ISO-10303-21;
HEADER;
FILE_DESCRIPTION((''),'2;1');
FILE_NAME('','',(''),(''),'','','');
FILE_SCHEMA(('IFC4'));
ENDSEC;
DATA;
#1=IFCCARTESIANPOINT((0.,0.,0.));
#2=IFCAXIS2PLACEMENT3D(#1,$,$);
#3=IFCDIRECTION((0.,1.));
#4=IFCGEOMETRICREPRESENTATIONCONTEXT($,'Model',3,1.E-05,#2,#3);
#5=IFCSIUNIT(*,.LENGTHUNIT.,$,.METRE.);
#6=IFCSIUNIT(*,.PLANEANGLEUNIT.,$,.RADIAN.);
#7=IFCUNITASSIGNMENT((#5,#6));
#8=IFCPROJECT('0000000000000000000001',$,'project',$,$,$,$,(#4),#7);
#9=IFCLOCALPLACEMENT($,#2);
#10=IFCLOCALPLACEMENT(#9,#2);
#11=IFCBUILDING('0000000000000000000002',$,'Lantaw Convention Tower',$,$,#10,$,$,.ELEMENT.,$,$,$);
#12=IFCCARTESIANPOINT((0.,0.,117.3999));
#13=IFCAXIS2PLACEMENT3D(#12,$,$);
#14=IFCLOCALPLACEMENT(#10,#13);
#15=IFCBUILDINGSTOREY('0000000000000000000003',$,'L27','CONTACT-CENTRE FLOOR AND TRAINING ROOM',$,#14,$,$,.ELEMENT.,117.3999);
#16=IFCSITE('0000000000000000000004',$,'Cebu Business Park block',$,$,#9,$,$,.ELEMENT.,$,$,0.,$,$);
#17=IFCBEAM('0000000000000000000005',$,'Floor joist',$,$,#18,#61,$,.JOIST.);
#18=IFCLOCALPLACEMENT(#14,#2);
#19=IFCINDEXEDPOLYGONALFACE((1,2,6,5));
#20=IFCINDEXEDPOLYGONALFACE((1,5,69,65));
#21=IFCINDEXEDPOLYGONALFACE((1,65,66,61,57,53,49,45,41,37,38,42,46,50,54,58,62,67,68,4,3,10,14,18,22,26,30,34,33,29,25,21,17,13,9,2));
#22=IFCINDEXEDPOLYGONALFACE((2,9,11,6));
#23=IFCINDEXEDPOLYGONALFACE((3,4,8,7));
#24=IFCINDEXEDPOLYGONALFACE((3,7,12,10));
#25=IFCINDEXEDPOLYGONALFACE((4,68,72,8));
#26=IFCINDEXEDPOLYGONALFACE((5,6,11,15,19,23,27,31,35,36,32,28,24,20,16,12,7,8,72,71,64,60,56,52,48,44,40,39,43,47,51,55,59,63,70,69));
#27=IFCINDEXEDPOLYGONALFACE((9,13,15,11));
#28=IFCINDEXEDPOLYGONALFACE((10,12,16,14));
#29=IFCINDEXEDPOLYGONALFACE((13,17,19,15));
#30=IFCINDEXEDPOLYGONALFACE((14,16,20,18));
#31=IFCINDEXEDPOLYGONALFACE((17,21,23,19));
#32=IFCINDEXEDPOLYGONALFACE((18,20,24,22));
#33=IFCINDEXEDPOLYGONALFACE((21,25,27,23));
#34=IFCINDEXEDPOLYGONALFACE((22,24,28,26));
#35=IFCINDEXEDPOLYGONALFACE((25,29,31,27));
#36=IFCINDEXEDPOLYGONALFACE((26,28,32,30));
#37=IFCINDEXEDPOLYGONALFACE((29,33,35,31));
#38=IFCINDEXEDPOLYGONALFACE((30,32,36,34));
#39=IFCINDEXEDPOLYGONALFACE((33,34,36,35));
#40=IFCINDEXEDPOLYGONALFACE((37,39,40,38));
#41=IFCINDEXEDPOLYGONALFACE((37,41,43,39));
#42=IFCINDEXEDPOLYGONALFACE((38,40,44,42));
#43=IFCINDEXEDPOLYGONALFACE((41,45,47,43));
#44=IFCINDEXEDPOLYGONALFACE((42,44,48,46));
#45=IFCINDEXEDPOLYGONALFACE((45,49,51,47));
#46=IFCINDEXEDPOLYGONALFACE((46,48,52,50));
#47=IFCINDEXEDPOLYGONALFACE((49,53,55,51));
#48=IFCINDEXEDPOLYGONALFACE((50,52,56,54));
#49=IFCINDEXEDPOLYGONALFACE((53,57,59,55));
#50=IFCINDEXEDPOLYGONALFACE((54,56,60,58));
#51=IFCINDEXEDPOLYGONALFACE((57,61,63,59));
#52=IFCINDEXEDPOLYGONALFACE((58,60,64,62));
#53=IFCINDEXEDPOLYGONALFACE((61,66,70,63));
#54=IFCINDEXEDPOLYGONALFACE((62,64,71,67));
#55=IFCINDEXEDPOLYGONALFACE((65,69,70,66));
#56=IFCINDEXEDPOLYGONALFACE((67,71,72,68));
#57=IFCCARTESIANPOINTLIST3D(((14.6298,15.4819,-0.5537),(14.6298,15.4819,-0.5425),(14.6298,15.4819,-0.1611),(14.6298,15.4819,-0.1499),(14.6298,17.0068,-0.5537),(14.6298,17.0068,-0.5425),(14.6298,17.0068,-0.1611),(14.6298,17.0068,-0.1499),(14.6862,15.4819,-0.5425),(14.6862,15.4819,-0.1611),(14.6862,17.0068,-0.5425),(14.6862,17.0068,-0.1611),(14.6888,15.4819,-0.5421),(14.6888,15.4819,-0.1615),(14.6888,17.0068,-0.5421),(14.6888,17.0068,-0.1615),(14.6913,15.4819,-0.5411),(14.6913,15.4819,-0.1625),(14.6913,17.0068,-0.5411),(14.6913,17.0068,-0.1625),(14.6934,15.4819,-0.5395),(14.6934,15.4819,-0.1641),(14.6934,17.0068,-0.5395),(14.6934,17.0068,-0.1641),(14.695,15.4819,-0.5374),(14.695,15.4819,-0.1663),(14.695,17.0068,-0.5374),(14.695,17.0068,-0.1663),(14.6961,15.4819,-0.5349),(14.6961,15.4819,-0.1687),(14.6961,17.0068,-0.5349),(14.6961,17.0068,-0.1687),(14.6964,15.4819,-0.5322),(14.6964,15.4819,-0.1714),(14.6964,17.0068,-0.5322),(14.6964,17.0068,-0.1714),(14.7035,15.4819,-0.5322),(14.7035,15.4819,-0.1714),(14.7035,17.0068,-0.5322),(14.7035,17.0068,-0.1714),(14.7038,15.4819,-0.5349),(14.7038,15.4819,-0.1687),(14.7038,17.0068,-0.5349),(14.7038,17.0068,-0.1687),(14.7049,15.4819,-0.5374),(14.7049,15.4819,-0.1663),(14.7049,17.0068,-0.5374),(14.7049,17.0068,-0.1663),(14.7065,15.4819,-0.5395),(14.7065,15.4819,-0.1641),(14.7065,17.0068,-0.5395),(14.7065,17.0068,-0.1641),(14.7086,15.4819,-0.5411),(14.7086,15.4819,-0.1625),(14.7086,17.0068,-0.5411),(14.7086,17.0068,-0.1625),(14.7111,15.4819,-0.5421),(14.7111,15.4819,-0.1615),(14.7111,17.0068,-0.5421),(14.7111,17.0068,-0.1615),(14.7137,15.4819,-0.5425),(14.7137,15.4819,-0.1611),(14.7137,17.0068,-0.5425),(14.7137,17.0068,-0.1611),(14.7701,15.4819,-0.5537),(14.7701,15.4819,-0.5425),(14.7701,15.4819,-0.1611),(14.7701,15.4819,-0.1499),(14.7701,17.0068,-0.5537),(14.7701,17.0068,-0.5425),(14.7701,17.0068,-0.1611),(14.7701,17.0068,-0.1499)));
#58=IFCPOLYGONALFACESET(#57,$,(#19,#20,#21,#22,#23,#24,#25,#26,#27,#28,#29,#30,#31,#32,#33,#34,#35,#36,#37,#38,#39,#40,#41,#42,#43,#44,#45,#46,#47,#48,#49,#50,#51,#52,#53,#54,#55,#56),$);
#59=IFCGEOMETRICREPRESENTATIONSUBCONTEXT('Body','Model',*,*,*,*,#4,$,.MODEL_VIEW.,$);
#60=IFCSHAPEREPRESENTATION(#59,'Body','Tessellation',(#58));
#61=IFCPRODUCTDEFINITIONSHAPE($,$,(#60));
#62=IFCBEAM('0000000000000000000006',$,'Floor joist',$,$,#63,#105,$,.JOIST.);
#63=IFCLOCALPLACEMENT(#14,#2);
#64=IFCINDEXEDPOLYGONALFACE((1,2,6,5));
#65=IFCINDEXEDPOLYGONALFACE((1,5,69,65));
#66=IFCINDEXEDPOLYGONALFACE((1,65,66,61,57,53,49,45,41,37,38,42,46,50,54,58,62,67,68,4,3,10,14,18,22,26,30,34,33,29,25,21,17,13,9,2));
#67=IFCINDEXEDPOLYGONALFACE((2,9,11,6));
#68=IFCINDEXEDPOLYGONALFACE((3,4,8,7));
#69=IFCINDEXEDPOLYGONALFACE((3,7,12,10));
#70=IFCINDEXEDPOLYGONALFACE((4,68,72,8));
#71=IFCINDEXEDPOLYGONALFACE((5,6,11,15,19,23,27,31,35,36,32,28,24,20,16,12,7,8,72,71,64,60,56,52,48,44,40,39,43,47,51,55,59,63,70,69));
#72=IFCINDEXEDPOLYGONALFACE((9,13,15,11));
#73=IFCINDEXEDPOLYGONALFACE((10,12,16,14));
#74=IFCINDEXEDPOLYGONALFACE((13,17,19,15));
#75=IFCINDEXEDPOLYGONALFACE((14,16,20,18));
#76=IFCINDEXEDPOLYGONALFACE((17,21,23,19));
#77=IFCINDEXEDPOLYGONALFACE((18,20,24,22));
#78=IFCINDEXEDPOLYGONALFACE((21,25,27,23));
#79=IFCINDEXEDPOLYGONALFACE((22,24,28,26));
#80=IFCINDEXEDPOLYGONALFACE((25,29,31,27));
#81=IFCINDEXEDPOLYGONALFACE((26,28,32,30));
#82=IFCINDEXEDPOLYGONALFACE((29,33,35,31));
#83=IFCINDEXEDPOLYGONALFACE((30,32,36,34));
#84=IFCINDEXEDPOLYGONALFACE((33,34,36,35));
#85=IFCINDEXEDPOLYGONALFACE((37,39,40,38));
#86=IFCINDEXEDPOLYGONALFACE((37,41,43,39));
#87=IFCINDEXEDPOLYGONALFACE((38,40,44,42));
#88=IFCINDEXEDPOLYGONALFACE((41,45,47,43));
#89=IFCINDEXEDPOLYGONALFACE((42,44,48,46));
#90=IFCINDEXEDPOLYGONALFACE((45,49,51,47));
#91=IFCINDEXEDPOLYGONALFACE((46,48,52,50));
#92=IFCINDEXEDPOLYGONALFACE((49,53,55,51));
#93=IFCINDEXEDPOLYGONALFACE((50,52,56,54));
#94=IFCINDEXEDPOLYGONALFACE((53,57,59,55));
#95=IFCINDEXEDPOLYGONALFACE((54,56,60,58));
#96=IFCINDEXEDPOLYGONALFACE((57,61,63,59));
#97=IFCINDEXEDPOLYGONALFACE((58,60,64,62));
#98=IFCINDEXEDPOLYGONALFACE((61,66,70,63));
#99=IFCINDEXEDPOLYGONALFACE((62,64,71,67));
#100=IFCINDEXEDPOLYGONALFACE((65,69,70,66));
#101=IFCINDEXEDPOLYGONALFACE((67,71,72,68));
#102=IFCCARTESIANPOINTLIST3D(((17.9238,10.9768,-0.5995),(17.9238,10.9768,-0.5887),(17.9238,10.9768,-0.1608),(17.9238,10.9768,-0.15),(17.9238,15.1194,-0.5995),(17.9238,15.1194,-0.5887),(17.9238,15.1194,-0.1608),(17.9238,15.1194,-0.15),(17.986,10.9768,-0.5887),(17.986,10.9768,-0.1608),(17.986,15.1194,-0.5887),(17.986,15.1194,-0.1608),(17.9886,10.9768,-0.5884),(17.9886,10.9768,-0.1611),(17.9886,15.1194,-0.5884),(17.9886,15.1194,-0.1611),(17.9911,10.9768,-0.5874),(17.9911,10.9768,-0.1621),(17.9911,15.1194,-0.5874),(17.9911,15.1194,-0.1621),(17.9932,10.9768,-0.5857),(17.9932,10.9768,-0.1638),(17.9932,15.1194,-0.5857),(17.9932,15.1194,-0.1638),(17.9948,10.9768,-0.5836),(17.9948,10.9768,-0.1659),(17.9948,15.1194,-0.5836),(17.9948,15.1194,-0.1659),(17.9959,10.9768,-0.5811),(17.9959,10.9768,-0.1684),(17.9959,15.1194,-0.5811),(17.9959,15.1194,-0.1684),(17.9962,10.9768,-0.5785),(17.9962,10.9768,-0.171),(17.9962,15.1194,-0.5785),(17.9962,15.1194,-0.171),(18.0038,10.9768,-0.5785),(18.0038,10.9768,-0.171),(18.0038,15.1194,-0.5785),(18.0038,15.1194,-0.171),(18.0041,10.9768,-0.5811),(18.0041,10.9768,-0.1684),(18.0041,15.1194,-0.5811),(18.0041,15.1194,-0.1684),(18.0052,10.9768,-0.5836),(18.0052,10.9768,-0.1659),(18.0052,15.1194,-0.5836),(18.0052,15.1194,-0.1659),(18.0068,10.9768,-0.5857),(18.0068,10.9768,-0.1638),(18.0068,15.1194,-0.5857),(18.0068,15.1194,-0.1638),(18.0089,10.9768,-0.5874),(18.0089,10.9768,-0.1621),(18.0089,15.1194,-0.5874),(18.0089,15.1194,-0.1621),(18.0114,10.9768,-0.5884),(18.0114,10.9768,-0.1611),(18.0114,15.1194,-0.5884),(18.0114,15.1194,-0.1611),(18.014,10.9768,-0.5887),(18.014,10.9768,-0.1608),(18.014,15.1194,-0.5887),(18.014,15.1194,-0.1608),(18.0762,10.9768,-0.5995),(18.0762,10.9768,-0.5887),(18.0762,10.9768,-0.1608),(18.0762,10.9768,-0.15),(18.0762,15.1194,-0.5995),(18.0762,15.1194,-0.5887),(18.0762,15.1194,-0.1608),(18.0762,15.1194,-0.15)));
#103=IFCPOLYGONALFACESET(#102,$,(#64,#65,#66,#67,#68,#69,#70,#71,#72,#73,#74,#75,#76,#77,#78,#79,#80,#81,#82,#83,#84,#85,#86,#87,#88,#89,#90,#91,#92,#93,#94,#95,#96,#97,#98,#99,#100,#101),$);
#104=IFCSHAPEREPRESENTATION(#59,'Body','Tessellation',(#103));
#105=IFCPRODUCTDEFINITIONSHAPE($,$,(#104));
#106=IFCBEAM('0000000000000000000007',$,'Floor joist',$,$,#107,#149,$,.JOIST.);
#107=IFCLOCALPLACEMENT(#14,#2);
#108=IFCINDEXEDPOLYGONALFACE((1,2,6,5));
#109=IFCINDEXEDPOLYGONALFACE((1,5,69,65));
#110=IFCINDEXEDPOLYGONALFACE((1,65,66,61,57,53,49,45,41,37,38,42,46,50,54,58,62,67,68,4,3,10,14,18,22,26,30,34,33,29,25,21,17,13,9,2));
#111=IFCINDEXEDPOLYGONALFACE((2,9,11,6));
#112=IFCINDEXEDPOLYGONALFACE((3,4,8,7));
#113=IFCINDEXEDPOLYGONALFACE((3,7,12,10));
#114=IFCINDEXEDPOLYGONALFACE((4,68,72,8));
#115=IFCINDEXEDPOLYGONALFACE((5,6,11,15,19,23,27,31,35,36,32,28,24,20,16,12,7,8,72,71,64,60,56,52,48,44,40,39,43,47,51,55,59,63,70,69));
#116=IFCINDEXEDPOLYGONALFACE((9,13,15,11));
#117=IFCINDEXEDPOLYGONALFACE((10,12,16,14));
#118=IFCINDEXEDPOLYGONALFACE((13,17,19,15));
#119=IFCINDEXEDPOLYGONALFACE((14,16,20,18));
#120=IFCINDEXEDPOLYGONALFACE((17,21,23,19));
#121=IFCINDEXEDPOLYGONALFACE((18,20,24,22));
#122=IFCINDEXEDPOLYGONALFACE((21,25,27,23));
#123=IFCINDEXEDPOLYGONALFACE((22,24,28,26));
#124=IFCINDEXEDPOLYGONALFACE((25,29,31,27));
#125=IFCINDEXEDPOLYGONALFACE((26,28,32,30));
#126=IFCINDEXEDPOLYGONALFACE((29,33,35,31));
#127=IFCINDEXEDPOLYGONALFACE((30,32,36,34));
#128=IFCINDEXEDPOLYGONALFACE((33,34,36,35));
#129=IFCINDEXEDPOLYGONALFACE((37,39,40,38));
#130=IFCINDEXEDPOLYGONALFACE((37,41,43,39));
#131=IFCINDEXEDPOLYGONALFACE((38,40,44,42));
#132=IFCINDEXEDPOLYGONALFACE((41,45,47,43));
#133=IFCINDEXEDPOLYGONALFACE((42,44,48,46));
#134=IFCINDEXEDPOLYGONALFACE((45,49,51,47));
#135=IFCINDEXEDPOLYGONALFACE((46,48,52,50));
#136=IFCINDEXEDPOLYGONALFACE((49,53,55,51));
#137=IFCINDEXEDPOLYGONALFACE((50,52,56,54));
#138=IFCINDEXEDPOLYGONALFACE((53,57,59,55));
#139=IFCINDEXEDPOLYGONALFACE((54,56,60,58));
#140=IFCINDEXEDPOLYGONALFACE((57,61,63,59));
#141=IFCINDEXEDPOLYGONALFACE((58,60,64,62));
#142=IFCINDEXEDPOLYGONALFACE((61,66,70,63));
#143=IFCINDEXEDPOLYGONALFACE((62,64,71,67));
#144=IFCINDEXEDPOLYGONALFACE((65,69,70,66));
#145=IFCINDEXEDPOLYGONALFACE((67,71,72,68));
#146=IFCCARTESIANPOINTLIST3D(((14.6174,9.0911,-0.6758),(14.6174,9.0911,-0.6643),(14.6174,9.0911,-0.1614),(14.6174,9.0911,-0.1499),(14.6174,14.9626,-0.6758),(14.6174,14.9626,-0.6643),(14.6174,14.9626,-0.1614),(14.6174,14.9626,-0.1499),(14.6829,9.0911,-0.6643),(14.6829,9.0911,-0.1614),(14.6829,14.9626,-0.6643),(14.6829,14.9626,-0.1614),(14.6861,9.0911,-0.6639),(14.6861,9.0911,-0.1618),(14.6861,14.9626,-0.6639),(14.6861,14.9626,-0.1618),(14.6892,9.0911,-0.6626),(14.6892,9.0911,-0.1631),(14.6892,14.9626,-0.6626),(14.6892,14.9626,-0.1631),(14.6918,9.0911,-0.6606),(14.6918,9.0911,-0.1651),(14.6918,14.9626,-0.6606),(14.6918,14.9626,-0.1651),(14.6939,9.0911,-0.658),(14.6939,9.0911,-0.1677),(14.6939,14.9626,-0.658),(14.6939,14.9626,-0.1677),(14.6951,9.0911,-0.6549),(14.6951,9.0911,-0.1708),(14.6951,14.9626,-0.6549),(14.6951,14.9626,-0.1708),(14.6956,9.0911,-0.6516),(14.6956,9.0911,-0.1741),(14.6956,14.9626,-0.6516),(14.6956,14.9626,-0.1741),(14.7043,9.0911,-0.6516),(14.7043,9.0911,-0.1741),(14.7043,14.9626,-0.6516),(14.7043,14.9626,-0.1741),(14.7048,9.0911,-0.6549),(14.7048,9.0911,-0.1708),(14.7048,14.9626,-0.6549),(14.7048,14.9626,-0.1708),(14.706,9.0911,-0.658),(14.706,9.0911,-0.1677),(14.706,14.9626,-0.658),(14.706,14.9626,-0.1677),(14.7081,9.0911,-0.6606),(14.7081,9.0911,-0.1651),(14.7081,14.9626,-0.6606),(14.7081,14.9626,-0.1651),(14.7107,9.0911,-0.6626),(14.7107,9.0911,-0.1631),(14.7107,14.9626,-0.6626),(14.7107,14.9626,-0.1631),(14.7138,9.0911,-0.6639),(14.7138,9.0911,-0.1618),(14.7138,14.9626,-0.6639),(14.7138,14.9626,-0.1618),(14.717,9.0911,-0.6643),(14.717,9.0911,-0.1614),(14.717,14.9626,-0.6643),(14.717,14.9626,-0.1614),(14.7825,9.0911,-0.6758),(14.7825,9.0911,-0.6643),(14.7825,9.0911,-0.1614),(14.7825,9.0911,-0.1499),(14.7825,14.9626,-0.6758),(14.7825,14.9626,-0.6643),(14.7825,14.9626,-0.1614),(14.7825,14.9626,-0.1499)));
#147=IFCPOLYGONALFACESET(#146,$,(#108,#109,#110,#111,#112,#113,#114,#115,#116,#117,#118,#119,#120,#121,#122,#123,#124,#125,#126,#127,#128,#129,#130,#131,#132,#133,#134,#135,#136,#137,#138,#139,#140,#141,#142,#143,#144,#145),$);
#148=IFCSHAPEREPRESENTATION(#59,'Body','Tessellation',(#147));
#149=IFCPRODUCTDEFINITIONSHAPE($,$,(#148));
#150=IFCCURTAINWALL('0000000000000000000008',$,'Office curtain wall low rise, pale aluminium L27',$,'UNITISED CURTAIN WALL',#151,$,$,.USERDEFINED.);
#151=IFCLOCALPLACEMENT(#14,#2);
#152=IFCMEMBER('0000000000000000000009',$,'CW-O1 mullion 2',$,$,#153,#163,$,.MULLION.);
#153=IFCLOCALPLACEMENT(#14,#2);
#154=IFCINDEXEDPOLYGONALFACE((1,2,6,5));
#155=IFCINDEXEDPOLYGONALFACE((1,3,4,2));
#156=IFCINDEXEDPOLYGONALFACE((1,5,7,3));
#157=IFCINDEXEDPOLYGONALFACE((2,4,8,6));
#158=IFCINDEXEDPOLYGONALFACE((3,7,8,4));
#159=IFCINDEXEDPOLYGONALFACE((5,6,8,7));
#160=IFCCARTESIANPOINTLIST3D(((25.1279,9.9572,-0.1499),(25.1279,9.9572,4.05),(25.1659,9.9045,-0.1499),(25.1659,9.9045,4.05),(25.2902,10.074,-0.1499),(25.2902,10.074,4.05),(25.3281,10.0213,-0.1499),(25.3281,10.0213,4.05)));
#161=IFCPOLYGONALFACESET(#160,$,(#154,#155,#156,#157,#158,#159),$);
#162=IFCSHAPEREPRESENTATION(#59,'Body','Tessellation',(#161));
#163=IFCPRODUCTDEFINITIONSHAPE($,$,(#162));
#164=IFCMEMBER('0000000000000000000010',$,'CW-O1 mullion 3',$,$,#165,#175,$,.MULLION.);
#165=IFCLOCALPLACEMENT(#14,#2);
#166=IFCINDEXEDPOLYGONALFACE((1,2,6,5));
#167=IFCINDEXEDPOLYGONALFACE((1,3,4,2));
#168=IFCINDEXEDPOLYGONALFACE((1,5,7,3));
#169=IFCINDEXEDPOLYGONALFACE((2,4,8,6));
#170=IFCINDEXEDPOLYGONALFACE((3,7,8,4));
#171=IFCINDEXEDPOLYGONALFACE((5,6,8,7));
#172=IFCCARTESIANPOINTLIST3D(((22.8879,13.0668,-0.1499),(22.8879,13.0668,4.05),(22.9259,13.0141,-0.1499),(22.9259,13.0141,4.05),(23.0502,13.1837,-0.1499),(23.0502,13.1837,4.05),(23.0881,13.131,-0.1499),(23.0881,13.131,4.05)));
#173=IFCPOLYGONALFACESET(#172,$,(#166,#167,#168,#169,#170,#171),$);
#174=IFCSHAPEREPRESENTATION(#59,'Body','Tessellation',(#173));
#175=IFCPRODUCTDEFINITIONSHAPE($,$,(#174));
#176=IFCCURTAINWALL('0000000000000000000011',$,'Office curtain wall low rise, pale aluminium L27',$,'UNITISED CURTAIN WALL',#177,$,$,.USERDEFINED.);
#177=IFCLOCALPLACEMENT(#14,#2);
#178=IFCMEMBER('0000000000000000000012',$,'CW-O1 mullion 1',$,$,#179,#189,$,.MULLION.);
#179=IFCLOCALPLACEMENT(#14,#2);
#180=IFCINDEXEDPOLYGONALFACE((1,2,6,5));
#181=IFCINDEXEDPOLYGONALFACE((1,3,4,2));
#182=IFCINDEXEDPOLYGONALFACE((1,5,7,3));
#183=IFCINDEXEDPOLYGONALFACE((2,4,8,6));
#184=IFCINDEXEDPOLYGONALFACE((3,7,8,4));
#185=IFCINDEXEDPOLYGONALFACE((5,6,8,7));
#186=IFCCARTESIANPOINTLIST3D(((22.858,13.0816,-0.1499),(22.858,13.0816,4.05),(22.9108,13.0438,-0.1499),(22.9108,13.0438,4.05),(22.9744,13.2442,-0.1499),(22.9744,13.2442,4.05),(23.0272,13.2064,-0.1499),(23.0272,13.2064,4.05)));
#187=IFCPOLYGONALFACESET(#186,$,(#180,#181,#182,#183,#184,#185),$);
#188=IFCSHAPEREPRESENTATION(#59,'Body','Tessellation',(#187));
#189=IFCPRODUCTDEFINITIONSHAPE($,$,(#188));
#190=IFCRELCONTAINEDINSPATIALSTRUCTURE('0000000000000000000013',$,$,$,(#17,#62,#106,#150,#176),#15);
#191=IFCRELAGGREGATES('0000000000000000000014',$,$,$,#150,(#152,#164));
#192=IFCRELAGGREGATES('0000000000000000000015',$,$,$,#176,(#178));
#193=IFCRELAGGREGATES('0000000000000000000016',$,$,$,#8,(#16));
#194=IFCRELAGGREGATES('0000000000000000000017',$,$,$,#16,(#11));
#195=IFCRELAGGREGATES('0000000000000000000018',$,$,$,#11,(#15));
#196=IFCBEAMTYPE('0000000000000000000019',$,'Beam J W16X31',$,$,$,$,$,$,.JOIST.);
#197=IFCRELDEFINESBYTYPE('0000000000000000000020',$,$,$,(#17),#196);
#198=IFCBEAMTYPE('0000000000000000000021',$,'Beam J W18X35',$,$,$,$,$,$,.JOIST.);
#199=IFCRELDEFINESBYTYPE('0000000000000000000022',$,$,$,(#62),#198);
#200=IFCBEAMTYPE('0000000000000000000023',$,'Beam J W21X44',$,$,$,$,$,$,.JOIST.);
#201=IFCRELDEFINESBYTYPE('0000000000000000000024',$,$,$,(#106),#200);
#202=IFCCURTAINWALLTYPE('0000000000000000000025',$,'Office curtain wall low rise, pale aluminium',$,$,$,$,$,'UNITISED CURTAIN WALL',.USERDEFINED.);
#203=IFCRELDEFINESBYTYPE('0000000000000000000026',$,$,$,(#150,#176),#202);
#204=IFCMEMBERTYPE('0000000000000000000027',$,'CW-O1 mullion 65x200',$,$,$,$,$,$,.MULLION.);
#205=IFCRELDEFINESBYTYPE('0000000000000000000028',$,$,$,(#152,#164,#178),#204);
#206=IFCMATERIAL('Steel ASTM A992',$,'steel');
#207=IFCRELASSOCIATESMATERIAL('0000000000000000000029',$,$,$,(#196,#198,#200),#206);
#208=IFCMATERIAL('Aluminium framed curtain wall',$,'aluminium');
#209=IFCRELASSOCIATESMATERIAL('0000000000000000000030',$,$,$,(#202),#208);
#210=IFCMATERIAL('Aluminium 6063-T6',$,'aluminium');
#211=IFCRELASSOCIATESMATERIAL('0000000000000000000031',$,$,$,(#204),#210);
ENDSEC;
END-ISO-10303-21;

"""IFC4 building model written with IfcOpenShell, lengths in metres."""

from ifc_helpers import new_model, si_unit, direction, frame, origin, origin_2d, place, context, subcontext, project, spatial, rectangle, i_section, extrude, material, material_profile, profile_set, type_object, element, aggregate, save


model = new_model("IFC4")

# Units and contexts
model_context = context("Model", 3, precision=1e-05, world=origin(), true_north=direction((0.0, 1.0)))
body_context = subcontext(model_context, "Body", "Model", "MODEL_VIEW")
ifc_project = project(units=[si_unit("LENGTHUNIT", "METRE"), si_unit("PLANEANGLEUNIT", "RADIAN")], contexts=[model_context])

# Site, building, storey
site_placement = place(None, origin())
site = spatial("IfcSite", under=ifc_project, at=site_placement, Name="Cebu Business Park block", CompositionType="ELEMENT", RefElevation=0.0)
building_placement = place(site_placement, origin())
building = spatial("IfcBuilding", under=site, at=building_placement, Name="Lantaw Convention Tower", CompositionType="ELEMENT")
storey_placement = place(building_placement, frame((0.0, 0.0, 117.3999)))
storey = spatial("IfcBuildingStorey", under=building, at=storey_placement, Name="L27", Description="CONTACT-CENTRE FLOOR AND TRAINING ROOM", CompositionType="ELEMENT", Elevation=117.3999)

# Beams
ifc_material_1 = material(Name="Steel ASTM A992", Category="steel")
ifc_material_profile_1 = material_profile(ifc_material_1, i_section(OverallWidth=0.1404, OverallDepth=0.4038, WebThickness=0.0071, FlangeThickness=0.0112, FilletRadius=0.0103, at=origin_2d()), Name="W16X31")
ifc_profile_set_1 = profile_set([ifc_material_profile_1], Name="Steel ASTM A992")
beam_type_1 = type_object("IfcBeamType", Name="Beam J W16X31", PredefinedType="JOIST", material=ifc_profile_set_1)
beam_1_placement = place(storey_placement, frame((14.7, 15.4819, -0.3518), z_axis=(0.0, 1.0, 0.0), x_axis=(-1.0, 0.0, 0.0)))
element("IfcBeam", 1, at=beam_1_placement, inside=storey, type_object=beam_type_1, Name="Floor joist", PredefinedType="JOIST", context=body_context, shape_type="SweptSolid", body=[
    extrude(i_section(OverallWidth=0.1404, OverallDepth=0.4038, WebThickness=0.0071, FlangeThickness=0.0112, FilletRadius=0.0103, at=origin_2d()), origin(), (0.0, 0.0, 1.0), 1.5249),
])
ifc_material_profile_2 = material_profile(ifc_material_1, i_section(OverallWidth=0.1523, OverallDepth=0.4495, WebThickness=0.0076, FlangeThickness=0.0107, FilletRadius=0.0103, at=origin_2d()), Name="W18X35")
ifc_profile_set_2 = profile_set([ifc_material_profile_2], Name="Steel ASTM A992")
beam_type_2 = type_object("IfcBeamType", Name="Beam J W18X35", PredefinedType="JOIST", material=ifc_profile_set_2)
beam_2_placement = place(storey_placement, frame((18.0, 10.9768, -0.3748), z_axis=(0.0, 1.0, 0.0), x_axis=(-1.0, 0.0, 0.0)))
element("IfcBeam", 2, at=beam_2_placement, inside=storey, type_object=beam_type_2, Name="Floor joist", PredefinedType="JOIST", context=body_context, shape_type="SweptSolid", body=[
    extrude(i_section(OverallWidth=0.1523, OverallDepth=0.4495, WebThickness=0.0076, FlangeThickness=0.0107, FilletRadius=0.0103, at=origin_2d()), origin(), (0.0, 0.0, 1.0), 4.1426),
])
ifc_material_profile_3 = material_profile(ifc_material_1, i_section(OverallWidth=0.165, OverallDepth=0.5259, WebThickness=0.0088, FlangeThickness=0.0115, FilletRadius=0.0127, at=origin_2d()), Name="W21X44")
ifc_profile_set_3 = profile_set([ifc_material_profile_3], Name="Steel ASTM A992")
beam_type_3 = type_object("IfcBeamType", Name="Beam J W21X44", PredefinedType="JOIST", material=ifc_profile_set_3)
beam_3_placement = place(storey_placement, frame((14.7, 9.0911, -0.4128), z_axis=(0.0, 1.0, 0.0), x_axis=(-1.0, 0.0, 0.0)))
element("IfcBeam", 3, at=beam_3_placement, inside=storey, type_object=beam_type_3, Name="Floor joist", PredefinedType="JOIST", context=body_context, shape_type="SweptSolid", body=[
    extrude(i_section(OverallWidth=0.165, OverallDepth=0.5259, WebThickness=0.0088, FlangeThickness=0.0115, FilletRadius=0.0127, at=origin_2d()), origin(), (0.0, 0.0, 1.0), 5.8716),
])

# Curtain walls, members
ifc_material_2 = material(Name="Aluminium framed curtain wall", Category="aluminium")
curtain_wall_type = type_object("IfcCurtainWallType", Name="Office curtain wall low rise, pale aluminium", ElementType="UNITISED CURTAIN WALL", PredefinedType="USERDEFINED", material=ifc_material_2)
curtain_wall_1_placement = place(storey_placement, origin())
curtain_wall_1 = element("IfcCurtainWall", 4, at=curtain_wall_1_placement, inside=storey, type_object=curtain_wall_type, Name="Office curtain wall low rise, pale aluminium L27", ObjectType="UNITISED CURTAIN WALL", PredefinedType="USERDEFINED")
ifc_material_3 = material(Name="Aluminium 6063-T6", Category="aluminium")
ifc_material_profile_4 = material_profile(ifc_material_3, rectangle(XDim=0.2, YDim=0.0649, at=origin_2d()), Name="CW-O1 mullion 65x200")
ifc_profile_set_4 = profile_set([ifc_material_profile_4], Name="Aluminium 6063-T6")
member_type_1 = type_object("IfcMemberType", Name="CW-O1 mullion 65x200", PredefinedType="MULLION", material=ifc_profile_set_4)
member_1_placement = place(storey_placement, frame((25.228, 9.9893, -0.1499), z_axis=(0.0, 0.0, 1.0), x_axis=(-0.811385, -0.584513, 0.0)))
member_1 = element("IfcMember", 5, at=member_1_placement, type_object=member_type_1, Name="CW-O1 mullion 2", PredefinedType="MULLION", context=body_context, shape_type="SweptSolid", body=[
    extrude(rectangle(XDim=0.2, YDim=0.0649, at=origin_2d()), origin(), (0.0, 0.0, 1.0), 4.2),
])
member_2_placement = place(storey_placement, frame((22.988, 13.0989, -0.1499), z_axis=(0.0, 0.0, 1.0), x_axis=(-0.811385, -0.584513, 0.0)))
member_2 = element("IfcMember", 6, at=member_2_placement, type_object=member_type_1, Name="CW-O1 mullion 3", PredefinedType="MULLION", context=body_context, shape_type="SweptSolid", body=[
    extrude(rectangle(XDim=0.2, YDim=0.0649, at=origin_2d()), origin(), (0.0, 0.0, 1.0), 4.2),
])
curtain_wall_2_placement = place(storey_placement, origin())
curtain_wall_2 = element("IfcCurtainWall", 7, at=curtain_wall_2_placement, inside=storey, type_object=curtain_wall_type, Name="Office curtain wall low rise, pale aluminium L27", ObjectType="UNITISED CURTAIN WALL", PredefinedType="USERDEFINED")
member_3_placement = place(storey_placement, frame((22.9426, 13.144, -0.1499), z_axis=(0.0, 0.0, 1.0), x_axis=(-0.581973, -0.813208, 0.0)))
member_3 = element("IfcMember", 8, at=member_3_placement, type_object=member_type_1, Name="CW-O1 mullion 1", PredefinedType="MULLION", context=body_context, shape_type="SweptSolid", body=[
    extrude(rectangle(XDim=0.2, YDim=0.0649, at=origin_2d()), origin(), (0.0, 0.0, 1.0), 4.2),
])

aggregate(curtain_wall_1, [member_1, member_2])
aggregate(curtain_wall_2, [member_3])

save(model, "model.ifc")
